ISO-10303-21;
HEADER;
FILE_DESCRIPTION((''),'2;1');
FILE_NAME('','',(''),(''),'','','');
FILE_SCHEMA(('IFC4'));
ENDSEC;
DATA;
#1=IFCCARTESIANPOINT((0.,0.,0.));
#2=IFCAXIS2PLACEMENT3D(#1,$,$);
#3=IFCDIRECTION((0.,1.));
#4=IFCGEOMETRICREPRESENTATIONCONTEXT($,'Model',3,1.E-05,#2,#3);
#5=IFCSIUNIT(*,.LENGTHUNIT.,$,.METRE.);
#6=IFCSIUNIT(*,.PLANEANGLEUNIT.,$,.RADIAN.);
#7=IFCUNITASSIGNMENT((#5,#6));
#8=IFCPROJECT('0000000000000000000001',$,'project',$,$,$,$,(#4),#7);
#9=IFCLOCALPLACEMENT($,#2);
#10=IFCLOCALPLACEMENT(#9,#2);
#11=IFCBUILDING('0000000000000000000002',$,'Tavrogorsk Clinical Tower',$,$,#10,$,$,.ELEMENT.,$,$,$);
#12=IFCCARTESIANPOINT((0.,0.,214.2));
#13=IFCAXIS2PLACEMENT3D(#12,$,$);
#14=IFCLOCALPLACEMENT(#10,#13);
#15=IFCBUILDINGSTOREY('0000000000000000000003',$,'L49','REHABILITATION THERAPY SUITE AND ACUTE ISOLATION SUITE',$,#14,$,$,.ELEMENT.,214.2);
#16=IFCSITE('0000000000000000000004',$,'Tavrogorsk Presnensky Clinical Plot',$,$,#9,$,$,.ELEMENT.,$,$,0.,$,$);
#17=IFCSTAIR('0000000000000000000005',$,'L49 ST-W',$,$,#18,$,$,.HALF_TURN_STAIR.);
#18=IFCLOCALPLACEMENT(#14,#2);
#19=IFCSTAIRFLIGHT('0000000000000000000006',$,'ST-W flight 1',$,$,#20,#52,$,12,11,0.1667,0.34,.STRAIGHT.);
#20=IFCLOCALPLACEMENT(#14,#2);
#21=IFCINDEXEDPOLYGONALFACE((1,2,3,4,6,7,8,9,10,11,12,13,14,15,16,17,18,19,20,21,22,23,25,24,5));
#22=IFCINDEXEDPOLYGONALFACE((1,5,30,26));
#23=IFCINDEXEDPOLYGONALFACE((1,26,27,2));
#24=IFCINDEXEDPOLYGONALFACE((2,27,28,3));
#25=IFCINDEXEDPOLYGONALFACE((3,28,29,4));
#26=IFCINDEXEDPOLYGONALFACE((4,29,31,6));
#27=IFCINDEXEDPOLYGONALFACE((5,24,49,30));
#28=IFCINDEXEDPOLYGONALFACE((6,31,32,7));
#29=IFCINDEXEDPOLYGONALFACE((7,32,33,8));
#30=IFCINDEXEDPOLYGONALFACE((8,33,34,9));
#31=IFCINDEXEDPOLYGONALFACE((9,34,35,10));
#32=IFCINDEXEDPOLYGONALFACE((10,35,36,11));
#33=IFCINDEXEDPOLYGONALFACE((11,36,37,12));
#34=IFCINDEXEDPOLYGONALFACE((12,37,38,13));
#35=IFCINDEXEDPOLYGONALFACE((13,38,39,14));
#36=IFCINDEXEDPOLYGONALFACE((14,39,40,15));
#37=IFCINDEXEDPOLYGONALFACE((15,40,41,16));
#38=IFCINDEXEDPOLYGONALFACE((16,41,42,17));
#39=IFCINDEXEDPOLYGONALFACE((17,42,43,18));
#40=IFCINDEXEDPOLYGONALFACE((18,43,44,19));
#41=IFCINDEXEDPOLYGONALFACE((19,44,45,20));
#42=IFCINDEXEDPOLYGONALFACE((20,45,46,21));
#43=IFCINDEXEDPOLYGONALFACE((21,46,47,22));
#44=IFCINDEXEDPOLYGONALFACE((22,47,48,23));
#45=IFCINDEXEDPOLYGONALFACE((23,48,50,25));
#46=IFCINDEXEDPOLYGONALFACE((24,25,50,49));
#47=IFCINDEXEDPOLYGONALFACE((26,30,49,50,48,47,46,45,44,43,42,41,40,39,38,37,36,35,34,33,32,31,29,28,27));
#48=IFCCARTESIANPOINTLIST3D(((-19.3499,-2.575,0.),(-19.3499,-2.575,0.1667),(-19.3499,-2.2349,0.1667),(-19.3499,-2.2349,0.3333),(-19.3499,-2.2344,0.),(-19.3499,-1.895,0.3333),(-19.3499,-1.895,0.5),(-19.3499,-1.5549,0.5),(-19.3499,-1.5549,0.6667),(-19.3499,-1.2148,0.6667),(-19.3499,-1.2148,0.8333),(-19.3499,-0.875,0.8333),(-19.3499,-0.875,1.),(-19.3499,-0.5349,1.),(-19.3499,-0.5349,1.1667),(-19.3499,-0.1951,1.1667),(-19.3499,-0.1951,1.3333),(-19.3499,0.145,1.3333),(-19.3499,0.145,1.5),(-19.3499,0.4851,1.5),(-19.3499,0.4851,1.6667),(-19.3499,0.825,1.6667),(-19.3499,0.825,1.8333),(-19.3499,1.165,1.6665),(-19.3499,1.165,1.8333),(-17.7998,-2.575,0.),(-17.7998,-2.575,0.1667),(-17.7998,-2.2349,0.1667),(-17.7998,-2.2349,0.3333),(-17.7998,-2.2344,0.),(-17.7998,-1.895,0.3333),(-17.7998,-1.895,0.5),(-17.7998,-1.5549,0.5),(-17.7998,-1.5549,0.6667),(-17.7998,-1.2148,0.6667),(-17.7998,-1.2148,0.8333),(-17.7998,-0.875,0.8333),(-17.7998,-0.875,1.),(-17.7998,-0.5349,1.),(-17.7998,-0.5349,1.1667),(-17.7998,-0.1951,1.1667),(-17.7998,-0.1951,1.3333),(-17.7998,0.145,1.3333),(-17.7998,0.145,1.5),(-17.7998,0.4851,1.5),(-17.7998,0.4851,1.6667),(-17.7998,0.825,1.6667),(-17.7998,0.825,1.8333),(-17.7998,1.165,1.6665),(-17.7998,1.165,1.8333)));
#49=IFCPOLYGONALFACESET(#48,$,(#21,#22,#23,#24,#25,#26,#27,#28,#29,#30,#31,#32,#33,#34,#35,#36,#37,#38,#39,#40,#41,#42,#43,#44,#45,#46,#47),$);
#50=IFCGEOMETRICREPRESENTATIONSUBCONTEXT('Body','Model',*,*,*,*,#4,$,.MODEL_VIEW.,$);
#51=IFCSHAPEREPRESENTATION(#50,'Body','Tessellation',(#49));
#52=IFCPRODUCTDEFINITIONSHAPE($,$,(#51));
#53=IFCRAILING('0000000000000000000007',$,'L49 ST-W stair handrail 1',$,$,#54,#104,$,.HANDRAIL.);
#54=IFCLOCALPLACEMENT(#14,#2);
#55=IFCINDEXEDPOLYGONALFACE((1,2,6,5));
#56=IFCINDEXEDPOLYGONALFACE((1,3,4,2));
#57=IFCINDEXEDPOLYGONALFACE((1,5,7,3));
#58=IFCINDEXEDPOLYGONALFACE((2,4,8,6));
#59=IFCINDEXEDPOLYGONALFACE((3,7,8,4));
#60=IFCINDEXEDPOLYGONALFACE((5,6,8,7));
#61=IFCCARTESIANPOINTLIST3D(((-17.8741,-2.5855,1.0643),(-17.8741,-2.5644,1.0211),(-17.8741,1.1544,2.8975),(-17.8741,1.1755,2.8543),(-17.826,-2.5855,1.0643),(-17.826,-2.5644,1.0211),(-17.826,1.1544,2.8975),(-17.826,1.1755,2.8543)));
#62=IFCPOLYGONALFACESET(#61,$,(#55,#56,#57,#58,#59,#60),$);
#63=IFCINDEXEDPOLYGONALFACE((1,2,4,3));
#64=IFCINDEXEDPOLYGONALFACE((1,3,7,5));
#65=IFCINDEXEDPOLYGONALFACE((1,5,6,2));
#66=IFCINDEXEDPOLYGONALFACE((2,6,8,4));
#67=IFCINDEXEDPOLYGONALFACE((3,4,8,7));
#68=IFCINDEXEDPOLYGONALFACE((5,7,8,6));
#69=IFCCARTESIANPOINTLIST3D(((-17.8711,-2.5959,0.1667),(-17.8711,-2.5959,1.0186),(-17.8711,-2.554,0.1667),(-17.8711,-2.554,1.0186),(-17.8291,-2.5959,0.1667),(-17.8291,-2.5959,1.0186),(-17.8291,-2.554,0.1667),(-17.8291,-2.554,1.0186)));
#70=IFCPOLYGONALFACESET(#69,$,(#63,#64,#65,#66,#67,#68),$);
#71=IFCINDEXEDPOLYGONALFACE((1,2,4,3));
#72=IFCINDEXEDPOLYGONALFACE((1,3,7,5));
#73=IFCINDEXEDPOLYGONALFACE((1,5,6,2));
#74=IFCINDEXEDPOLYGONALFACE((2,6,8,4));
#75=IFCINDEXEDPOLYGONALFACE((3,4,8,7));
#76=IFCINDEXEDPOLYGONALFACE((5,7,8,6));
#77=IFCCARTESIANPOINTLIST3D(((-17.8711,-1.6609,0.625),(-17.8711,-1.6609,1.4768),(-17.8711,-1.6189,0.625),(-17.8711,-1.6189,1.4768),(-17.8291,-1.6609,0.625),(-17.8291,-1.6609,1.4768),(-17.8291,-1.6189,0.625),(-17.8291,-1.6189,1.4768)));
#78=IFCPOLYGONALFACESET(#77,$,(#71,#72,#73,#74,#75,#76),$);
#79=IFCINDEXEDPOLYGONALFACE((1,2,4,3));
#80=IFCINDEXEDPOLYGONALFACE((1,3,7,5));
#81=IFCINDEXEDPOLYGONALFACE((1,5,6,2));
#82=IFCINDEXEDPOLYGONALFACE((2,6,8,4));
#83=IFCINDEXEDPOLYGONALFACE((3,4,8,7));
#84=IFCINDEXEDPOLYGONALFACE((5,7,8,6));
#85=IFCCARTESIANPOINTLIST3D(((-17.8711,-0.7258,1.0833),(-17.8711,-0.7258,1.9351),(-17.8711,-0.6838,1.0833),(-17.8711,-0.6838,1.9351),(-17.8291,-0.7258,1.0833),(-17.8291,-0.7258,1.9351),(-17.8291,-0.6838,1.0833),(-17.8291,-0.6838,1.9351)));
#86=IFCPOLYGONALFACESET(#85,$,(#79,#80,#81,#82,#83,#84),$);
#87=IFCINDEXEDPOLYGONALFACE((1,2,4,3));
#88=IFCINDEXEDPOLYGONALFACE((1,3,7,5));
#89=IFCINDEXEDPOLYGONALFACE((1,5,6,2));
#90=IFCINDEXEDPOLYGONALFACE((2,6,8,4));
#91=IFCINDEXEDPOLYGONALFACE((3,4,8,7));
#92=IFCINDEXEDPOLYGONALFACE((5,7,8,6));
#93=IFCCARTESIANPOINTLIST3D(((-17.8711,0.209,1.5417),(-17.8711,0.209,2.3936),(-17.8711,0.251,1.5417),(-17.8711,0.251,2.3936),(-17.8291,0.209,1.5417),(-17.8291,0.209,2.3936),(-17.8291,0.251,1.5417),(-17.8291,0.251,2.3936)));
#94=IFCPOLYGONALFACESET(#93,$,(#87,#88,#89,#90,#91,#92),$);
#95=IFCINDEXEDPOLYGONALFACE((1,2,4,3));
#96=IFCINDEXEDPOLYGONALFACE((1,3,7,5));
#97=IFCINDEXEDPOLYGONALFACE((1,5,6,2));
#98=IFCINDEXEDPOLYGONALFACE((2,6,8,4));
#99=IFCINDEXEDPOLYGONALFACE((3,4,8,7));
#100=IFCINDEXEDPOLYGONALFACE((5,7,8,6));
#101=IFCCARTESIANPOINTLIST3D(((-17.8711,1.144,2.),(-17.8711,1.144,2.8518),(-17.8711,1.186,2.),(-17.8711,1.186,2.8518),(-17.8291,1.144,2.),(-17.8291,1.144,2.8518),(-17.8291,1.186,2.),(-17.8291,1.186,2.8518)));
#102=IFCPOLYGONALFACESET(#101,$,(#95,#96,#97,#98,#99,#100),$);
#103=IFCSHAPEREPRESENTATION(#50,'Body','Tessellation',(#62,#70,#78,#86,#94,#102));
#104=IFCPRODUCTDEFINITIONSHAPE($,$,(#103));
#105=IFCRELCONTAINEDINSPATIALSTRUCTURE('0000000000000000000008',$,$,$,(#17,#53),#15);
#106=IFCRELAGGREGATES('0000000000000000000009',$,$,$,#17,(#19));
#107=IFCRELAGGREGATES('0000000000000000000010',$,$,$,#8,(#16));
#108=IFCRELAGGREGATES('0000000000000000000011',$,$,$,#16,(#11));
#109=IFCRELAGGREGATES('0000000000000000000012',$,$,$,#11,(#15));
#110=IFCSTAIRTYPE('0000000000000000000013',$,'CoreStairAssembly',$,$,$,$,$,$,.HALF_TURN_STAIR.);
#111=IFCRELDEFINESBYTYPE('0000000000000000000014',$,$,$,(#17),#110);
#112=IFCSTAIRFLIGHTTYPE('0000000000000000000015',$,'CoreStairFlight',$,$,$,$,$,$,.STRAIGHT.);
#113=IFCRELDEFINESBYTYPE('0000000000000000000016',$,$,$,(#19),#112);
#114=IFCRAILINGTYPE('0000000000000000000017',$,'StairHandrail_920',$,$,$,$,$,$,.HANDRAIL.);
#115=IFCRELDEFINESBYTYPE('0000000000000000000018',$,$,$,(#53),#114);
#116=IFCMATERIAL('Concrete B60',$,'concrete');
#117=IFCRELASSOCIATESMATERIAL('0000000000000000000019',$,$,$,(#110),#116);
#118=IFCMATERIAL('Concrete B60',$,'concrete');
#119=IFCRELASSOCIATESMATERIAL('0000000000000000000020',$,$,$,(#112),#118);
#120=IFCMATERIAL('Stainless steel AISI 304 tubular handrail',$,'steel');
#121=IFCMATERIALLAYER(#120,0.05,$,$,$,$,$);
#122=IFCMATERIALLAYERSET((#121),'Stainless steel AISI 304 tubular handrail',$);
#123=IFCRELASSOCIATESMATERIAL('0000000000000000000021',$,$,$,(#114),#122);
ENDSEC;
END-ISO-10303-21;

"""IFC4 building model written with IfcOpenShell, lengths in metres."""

from ifc_helpers import new_model, si_unit, direction, frame, origin, origin_2d, place, context, subcontext, project, spatial, polyline, rectangle, outline, extrude, material, layer, layer_set, type_object, element, aggregate, save


model = new_model("IFC4")

# Units and contexts
model_context = context("Model", 3, precision=1e-05, world=origin(), true_north=direction((0.0, 1.0)))
body_context = subcontext(model_context, "Body", "Model", "MODEL_VIEW")
ifc_project = project(units=[si_unit("LENGTHUNIT", "METRE"), si_unit("PLANEANGLEUNIT", "RADIAN")], contexts=[model_context])

# Site, building, storey
site_placement = place(None, origin())
site = spatial("IfcSite", under=ifc_project, at=site_placement, Name="Tavrogorsk Presnensky Clinical Plot", CompositionType="ELEMENT", RefElevation=0.0)
building_placement = place(site_placement, origin())
building = spatial("IfcBuilding", under=site, at=building_placement, Name="Tavrogorsk Clinical Tower", CompositionType="ELEMENT")
storey_placement = place(building_placement, frame((0.0, 0.0, 214.2)))
storey = spatial("IfcBuildingStorey", under=building, at=storey_placement, Name="L49", Description="REHABILITATION THERAPY SUITE AND ACUTE ISOLATION SUITE", CompositionType="ELEMENT", Elevation=214.2)

# Stair, stair flight
ifc_material_1 = material(Name="Concrete B60", Category="concrete")
stair_type = type_object("IfcStairType", Name="CoreStairAssembly", PredefinedType="HALF_TURN_STAIR", material=ifc_material_1)
stair_placement = place(storey_placement, origin())
stair = element("IfcStair", 1, at=stair_placement, inside=storey, type_object=stair_type, Name="L49 ST-W", PredefinedType="HALF_TURN_STAIR")
ifc_material_2 = material(Name="Concrete B60", Category="concrete")
stair_flight_type = type_object("IfcStairFlightType", Name="CoreStairFlight", PredefinedType="STRAIGHT", material=ifc_material_2)
stair_flight_placement = place(storey_placement, frame((-18.575, -2.575, 0.0), z_axis=(0.0, 0.0, 1.0), x_axis=(0.0, 1.0, 0.0)))
stair_flight = element("IfcStairFlight", 2, at=stair_flight_placement, type_object=stair_flight_type, Name="ST-W flight 1", NumberOfRisers=12, NumberOfTreads=11, PredefinedType="STRAIGHT", RiserHeight=0.1667, TreadLength=0.34, context=body_context, shape_type="SweptSolid", body=[
    extrude(outline(polyline([(0.0, 0.0), (0.0, 0.1667), (0.3401, 0.1667), (0.3401, 0.3333), (0.6799, 0.3333), (0.6799, 0.5), (1.02, 0.5), (1.02, 0.6667), (1.3601, 0.6667), (1.3601, 0.8333), (1.7, 0.8333), (1.7, 1.0), (2.04, 1.0), (2.04, 1.1667), (2.3799, 1.1667), (2.3799, 1.3333), (2.72, 1.3333), (2.72, 1.5), (3.0601, 1.5), (3.0601, 1.6667), (3.3999, 1.6667), (3.3999, 1.8333), (3.74, 1.8333), (3.74, 2.0), (3.74, 1.6665), (0.3406, 0.0), (0.0, 0.0)])), frame((0.0, 0.7749, 0.0), z_axis=(0.0, -1.0, 0.0), x_axis=(1.0, 0.0, 0.0)), (0.0, 0.0, 1.0), 1.55),
])
aggregate(stair, [stair_flight])

# Railing
ifc_material_3 = material(Name="Stainless steel AISI 304 tubular handrail", Category="steel")
ifc_layer_1 = layer(ifc_material_3, 0.05)
ifc_layer_set_1 = layer_set([ifc_layer_1], Name="Stainless steel AISI 304 tubular handrail")
railing_type = type_object("IfcRailingType", Name="StairHandrail_920", PredefinedType="HANDRAIL", material=ifc_layer_set_1)
railing_placement = place(storey_placement, frame((-17.8501, -2.575, 0.1667)))
element("IfcRailing", 3, at=railing_placement, inside=storey, type_object=railing_type, Name="L49 ST-W stair handrail 1", PredefinedType="HANDRAIL", context=body_context, shape_type="SweptSolid", body=[
    extrude(rectangle(XDim=0.0481, YDim=0.0481, at=origin_2d()), frame((0.0, 0.0, 0.876), z_axis=(0.0, 0.897928, 0.440142), x_axis=(-1.0, 0.0, 0.0)), (0.0, 0.0, 1.0), 4.165),
    extrude(rectangle(XDim=0.042, YDim=0.042, at=origin_2d()), origin(), (0.0, 0.0, 1.0), 0.8518),
    extrude(rectangle(XDim=0.042, YDim=0.042, at=origin_2d()), frame((0.0, 0.9351, 0.4583)), (0.0, 0.0, 1.0), 0.8518),
    extrude(rectangle(XDim=0.042, YDim=0.042, at=origin_2d()), frame((0.0, 1.8701, 0.9165)), (0.0, 0.0, 1.0), 0.8518),
    extrude(rectangle(XDim=0.042, YDim=0.042, at=origin_2d()), frame((0.0, 2.8049, 1.375)), (0.0, 0.0, 1.0), 0.8518),
    extrude(rectangle(XDim=0.042, YDim=0.042, at=origin_2d()), frame((0.0, 3.74, 1.8333)), (0.0, 0.0, 1.0), 0.8518),
])

save(model, "model.ifc")
